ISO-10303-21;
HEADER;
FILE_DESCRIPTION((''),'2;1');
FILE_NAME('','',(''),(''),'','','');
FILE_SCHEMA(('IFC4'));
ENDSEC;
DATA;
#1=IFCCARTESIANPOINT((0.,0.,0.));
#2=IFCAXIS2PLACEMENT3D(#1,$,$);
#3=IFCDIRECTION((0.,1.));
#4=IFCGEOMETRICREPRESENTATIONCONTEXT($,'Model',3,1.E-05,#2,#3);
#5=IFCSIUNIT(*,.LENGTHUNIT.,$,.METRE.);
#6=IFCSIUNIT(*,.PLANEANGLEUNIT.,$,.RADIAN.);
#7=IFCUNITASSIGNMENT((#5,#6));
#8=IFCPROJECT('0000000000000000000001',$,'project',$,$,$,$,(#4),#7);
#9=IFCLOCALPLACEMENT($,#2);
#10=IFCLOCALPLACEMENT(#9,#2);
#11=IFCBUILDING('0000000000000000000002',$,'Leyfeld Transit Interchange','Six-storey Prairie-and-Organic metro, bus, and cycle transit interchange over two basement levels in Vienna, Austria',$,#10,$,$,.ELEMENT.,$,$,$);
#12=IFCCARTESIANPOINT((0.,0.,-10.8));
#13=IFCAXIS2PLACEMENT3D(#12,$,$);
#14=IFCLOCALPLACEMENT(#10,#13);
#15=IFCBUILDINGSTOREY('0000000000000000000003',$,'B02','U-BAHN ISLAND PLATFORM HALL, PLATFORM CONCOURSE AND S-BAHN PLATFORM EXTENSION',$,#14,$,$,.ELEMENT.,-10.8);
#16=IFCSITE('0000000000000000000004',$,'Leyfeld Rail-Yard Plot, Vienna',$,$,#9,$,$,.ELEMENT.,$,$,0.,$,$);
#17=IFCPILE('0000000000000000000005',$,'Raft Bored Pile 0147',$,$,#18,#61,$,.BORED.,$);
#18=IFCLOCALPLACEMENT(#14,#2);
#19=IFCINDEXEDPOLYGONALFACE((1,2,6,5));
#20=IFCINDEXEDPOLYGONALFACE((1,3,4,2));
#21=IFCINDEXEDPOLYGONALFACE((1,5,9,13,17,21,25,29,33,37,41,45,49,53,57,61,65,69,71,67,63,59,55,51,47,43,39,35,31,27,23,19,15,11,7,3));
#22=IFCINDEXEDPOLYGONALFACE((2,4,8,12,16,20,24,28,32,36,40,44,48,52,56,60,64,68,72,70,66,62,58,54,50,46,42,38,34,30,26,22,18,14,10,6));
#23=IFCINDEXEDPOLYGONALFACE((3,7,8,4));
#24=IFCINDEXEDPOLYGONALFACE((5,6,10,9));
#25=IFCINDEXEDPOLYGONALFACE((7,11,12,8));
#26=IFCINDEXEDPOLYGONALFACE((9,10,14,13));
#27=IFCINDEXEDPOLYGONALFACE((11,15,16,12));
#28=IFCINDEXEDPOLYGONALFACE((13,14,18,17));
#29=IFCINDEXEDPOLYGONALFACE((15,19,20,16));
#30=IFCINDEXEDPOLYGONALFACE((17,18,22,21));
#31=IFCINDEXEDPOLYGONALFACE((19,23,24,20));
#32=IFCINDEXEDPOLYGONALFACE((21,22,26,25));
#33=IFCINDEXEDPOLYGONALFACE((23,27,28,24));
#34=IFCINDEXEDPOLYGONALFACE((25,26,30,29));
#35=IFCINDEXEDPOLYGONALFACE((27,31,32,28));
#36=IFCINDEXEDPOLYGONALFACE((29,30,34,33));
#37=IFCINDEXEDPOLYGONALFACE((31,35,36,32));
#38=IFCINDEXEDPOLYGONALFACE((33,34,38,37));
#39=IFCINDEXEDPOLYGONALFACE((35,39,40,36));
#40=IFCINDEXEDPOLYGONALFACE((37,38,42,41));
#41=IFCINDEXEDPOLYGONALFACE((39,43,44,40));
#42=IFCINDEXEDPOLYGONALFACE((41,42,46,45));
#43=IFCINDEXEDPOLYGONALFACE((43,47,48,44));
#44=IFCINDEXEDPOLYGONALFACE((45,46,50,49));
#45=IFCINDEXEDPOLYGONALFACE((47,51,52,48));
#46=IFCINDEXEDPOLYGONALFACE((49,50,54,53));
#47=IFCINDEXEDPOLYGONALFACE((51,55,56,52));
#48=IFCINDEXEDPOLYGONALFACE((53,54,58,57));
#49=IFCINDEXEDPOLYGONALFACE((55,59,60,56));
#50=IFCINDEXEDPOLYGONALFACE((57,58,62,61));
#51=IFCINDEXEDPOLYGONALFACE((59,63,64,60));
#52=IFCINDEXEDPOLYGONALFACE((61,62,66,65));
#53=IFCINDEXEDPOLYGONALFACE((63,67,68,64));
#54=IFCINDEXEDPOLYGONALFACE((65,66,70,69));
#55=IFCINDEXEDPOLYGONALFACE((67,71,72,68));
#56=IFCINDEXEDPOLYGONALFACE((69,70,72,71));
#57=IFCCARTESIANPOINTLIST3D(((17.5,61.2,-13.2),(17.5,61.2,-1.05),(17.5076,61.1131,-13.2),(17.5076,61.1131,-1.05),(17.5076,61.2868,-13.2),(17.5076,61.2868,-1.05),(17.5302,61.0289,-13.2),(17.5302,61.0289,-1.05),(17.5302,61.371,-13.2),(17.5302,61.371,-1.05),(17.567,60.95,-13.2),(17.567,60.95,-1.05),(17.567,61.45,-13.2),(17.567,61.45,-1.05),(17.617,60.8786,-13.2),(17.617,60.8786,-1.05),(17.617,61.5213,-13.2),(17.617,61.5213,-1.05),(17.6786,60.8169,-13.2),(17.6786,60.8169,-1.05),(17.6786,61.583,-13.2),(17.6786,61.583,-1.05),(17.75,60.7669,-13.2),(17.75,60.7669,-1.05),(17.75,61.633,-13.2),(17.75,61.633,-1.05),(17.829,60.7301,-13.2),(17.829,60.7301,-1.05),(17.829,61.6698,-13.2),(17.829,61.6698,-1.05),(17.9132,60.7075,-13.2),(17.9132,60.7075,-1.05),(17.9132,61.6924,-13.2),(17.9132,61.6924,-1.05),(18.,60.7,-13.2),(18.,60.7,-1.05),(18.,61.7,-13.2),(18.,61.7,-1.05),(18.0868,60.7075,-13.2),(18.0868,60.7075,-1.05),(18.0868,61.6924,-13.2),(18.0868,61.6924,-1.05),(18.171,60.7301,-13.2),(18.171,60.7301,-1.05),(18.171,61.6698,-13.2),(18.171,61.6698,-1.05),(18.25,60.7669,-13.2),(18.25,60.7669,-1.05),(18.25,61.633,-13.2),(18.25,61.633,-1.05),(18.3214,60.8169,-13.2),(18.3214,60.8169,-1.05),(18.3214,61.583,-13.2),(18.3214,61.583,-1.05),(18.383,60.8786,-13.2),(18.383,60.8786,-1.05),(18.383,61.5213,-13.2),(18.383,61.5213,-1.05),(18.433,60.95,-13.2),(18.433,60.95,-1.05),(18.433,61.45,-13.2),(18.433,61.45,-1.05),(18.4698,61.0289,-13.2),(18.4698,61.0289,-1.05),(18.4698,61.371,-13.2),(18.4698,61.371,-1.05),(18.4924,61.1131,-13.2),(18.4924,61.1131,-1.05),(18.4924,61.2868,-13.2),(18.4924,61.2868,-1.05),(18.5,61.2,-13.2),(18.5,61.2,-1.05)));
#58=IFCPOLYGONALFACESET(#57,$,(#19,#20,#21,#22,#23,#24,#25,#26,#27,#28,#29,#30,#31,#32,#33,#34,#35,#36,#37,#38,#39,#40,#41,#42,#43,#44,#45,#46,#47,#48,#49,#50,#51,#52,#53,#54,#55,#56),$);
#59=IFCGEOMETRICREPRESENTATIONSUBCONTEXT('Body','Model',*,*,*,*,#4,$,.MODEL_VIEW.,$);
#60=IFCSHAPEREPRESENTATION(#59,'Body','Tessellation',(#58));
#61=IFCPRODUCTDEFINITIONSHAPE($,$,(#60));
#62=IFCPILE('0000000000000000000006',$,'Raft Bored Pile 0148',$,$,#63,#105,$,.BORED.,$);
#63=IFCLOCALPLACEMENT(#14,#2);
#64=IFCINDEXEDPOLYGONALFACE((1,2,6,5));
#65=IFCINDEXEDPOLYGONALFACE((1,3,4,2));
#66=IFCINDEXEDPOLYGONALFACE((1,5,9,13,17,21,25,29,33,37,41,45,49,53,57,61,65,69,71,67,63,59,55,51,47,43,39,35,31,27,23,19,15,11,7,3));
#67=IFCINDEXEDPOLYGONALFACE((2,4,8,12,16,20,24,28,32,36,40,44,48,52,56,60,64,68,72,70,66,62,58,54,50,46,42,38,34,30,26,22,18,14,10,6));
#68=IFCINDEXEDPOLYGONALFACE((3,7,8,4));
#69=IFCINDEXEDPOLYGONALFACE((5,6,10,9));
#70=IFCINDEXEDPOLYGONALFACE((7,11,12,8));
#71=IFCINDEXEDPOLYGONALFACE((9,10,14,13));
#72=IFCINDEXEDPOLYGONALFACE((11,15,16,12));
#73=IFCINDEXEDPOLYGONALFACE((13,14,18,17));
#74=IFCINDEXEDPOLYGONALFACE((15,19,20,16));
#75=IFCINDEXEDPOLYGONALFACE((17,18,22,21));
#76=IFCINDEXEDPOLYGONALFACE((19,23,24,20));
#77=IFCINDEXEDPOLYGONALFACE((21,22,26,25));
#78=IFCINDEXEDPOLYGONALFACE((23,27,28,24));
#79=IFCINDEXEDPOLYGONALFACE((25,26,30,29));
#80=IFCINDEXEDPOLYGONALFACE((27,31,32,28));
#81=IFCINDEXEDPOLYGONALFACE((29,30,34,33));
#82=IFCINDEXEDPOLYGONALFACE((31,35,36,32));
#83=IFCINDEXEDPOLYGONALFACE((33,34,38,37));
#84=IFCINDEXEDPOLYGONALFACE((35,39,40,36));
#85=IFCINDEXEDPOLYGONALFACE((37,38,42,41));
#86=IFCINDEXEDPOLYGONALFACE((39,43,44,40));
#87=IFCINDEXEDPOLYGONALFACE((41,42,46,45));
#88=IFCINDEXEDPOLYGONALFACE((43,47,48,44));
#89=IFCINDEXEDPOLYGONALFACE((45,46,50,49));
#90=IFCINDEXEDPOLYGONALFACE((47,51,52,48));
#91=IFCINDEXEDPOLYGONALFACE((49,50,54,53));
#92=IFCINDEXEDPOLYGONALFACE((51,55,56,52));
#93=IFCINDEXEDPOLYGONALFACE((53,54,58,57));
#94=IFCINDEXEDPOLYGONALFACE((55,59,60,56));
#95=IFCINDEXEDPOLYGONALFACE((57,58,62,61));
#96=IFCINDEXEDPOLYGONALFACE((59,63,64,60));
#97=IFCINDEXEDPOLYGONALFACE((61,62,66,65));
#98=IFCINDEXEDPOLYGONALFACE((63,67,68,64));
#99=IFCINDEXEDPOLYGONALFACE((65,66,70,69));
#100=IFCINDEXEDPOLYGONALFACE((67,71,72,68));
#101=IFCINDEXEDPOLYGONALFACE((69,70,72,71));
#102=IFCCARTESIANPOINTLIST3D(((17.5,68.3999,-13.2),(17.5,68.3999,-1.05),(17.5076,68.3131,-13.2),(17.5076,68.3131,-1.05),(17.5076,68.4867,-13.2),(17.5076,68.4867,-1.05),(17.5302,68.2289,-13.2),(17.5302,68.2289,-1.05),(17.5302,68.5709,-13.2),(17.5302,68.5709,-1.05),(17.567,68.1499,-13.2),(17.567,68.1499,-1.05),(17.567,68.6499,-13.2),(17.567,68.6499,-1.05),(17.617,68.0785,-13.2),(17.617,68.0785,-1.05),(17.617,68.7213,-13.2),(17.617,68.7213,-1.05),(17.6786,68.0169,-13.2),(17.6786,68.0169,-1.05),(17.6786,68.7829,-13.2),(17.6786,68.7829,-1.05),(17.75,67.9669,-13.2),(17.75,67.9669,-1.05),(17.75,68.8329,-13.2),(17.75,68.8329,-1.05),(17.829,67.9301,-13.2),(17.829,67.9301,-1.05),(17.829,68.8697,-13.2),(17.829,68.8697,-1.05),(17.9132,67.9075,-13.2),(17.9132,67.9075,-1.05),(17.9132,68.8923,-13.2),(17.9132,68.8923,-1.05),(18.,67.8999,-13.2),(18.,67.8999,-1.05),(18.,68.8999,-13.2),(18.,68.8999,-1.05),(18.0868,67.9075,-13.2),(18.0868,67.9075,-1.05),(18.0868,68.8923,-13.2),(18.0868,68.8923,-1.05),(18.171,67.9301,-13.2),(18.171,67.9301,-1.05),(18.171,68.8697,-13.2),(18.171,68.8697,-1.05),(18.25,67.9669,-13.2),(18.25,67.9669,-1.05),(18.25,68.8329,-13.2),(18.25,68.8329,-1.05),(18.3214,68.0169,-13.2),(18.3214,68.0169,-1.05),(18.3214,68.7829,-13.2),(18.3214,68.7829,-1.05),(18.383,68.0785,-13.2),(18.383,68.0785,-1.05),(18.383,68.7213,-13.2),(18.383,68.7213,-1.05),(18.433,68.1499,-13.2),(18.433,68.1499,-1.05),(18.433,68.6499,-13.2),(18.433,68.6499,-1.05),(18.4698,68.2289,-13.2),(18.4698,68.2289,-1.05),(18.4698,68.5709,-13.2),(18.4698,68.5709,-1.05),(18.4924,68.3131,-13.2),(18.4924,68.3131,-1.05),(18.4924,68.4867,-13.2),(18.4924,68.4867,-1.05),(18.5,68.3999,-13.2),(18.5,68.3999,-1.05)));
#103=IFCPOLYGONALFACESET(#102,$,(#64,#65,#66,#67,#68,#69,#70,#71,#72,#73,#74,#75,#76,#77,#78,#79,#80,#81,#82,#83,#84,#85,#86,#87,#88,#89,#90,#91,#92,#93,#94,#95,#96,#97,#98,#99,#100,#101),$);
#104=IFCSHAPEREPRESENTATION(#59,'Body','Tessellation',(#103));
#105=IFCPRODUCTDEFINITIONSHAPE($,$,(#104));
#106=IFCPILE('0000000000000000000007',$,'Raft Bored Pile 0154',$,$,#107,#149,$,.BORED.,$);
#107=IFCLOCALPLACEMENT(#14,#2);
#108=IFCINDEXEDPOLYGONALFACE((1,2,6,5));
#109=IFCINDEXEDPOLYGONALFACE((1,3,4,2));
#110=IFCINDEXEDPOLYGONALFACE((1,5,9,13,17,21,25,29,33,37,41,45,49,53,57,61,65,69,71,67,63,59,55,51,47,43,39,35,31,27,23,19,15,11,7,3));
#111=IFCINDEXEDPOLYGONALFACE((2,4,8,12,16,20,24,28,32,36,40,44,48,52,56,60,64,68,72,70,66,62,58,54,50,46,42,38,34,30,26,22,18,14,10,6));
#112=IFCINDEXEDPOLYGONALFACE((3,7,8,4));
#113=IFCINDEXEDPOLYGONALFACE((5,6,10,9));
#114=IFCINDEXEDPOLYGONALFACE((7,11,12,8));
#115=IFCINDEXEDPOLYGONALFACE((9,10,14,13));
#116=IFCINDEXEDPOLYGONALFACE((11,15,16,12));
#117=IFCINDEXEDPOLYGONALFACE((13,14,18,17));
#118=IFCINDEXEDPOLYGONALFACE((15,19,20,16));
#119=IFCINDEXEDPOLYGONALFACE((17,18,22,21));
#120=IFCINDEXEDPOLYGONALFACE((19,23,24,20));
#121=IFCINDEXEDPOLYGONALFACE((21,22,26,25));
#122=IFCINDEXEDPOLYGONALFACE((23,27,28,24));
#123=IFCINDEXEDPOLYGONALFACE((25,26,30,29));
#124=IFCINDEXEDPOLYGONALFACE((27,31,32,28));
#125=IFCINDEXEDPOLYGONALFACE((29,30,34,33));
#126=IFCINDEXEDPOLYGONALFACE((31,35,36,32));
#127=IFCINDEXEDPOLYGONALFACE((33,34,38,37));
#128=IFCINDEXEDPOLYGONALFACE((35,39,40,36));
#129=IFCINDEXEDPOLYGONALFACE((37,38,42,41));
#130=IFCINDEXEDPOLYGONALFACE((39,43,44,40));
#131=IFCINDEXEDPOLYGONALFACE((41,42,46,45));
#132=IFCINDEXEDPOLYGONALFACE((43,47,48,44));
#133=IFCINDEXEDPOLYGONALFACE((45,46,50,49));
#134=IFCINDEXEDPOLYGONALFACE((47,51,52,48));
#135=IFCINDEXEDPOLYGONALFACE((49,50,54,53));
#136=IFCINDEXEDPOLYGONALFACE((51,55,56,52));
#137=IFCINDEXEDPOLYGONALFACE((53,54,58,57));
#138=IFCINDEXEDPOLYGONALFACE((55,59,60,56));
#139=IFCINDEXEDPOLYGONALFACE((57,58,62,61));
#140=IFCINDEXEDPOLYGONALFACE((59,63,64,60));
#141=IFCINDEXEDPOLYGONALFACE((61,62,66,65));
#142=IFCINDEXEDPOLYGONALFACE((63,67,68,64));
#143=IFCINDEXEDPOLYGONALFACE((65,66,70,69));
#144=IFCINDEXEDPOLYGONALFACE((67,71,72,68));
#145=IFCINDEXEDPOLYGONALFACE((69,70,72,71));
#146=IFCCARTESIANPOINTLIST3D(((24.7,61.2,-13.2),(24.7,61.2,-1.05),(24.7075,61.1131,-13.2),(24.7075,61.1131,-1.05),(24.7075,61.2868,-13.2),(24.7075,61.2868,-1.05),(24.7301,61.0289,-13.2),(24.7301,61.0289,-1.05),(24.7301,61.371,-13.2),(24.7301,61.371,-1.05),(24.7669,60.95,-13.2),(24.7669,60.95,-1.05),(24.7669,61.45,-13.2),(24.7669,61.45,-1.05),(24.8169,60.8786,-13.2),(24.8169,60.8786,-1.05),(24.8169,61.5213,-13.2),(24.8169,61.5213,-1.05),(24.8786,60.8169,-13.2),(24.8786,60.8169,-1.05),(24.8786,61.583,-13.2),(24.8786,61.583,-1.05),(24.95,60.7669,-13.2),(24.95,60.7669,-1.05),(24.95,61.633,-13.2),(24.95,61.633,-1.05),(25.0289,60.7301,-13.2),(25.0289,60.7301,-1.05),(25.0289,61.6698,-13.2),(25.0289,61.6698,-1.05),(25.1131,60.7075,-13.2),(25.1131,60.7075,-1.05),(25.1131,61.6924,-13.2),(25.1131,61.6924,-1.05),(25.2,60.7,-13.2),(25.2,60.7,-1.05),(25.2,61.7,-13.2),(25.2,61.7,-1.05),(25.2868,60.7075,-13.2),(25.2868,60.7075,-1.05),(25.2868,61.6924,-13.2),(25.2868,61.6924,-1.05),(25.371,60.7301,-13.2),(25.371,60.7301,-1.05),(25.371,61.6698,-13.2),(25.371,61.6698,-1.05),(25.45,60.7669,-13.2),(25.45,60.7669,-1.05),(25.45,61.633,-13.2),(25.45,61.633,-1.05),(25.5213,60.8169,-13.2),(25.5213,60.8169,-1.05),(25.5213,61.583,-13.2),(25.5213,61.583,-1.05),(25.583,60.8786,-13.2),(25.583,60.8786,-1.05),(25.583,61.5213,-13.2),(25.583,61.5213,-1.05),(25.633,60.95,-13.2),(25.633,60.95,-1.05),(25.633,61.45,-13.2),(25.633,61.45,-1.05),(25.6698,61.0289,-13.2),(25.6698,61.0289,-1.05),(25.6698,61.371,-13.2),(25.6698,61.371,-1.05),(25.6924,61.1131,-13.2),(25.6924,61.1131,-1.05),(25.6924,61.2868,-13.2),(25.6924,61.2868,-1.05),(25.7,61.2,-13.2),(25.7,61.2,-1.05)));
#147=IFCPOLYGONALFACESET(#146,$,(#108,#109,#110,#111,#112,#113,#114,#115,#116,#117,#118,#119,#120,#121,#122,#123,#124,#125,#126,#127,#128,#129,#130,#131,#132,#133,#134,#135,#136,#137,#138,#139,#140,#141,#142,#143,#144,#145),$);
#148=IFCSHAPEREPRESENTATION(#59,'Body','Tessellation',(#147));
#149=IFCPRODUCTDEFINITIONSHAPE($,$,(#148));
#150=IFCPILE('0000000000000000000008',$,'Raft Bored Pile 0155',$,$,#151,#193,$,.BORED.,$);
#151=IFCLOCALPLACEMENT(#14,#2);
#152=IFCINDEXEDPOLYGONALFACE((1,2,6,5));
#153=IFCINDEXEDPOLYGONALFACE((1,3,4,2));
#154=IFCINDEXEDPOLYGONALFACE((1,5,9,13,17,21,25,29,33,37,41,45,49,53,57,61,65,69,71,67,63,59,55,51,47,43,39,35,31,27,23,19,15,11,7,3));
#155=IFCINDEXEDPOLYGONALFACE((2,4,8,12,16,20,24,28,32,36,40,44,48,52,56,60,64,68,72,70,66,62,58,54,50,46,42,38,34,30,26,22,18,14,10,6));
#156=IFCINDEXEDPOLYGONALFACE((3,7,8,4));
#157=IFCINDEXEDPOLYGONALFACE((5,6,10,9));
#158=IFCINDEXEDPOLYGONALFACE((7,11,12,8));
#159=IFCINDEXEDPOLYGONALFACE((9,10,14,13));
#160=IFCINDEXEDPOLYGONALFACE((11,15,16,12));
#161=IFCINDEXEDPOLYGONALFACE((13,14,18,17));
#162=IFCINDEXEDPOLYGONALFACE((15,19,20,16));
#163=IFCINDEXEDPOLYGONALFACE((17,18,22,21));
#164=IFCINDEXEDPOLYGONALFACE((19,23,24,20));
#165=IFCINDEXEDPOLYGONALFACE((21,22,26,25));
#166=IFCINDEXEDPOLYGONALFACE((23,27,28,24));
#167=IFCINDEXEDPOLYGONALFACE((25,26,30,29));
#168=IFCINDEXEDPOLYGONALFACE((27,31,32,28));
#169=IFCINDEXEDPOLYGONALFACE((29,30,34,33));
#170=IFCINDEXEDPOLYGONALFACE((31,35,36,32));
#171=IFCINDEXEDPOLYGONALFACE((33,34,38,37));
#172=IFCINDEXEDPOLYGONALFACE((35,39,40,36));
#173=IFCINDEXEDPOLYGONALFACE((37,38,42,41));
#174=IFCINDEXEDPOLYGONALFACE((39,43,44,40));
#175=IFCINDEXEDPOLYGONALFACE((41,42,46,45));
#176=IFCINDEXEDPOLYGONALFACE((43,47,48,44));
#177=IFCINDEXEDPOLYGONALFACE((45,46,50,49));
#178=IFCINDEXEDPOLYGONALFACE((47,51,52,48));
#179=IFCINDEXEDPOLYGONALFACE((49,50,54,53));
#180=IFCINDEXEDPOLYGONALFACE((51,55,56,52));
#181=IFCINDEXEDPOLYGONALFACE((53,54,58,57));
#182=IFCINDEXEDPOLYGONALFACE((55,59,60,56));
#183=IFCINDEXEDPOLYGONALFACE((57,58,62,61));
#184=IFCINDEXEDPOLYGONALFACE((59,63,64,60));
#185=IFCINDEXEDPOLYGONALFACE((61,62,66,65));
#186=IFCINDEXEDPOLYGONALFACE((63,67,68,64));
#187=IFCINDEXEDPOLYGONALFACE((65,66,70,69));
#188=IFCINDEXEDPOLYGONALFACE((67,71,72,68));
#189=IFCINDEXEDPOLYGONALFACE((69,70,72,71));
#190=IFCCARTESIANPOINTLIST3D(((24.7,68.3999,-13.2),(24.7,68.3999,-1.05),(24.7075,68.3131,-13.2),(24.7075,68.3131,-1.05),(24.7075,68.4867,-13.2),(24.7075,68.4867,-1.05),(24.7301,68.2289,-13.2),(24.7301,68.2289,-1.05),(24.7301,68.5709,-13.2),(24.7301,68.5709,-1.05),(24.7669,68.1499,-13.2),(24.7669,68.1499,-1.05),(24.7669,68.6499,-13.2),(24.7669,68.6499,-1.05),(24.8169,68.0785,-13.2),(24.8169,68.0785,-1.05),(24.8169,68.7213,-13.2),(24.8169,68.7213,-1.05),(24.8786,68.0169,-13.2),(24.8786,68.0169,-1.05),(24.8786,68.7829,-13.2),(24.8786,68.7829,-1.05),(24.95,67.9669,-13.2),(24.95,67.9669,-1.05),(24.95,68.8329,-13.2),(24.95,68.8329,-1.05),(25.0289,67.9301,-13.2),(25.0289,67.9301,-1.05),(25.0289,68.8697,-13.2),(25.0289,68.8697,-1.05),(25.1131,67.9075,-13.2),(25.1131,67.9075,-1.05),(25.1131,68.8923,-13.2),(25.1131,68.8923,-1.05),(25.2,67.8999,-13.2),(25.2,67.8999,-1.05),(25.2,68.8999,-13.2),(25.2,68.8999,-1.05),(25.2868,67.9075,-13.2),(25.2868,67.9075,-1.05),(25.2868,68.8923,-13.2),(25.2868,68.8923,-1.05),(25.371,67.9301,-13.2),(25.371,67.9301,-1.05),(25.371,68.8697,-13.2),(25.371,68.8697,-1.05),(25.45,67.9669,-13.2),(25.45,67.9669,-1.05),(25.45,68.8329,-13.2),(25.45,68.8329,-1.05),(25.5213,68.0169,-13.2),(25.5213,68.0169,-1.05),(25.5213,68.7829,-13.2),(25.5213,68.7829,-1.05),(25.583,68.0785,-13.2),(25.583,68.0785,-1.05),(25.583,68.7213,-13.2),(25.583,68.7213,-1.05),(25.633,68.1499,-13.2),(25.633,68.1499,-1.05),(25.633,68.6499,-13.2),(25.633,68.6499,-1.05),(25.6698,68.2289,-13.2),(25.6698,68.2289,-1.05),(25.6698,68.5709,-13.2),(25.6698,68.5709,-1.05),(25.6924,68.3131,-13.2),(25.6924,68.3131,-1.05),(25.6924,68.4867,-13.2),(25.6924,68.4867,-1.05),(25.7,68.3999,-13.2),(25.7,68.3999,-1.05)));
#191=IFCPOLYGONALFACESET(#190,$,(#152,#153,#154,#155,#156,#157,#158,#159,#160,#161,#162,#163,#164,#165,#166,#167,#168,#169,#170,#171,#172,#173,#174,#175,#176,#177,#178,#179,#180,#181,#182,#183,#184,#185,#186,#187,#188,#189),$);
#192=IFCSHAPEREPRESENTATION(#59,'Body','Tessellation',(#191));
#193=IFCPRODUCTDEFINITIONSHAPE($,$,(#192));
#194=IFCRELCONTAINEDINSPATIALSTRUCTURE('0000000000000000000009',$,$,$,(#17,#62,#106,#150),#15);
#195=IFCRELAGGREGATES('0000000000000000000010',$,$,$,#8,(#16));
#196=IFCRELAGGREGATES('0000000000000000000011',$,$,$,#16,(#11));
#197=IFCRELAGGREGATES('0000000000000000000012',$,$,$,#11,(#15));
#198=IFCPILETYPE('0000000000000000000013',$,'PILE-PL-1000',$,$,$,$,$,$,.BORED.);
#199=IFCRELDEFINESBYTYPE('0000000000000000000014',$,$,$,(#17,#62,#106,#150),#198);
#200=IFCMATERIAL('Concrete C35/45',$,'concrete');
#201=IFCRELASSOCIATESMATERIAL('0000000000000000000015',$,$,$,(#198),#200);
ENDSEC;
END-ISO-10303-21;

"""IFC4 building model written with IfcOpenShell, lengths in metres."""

from ifc_helpers import new_model, si_unit, direction, frame, origin, origin_2d, place, context, subcontext, project, spatial, circle, extrude, material, material_profile, profile_set, type_object, element, save


model = new_model("IFC4")

# Units and contexts
model_context = context("Model", 3, precision=1e-05, world=origin(), true_north=direction((0.0, 1.0)))
body_context = subcontext(model_context, "Body", "Model", "MODEL_VIEW")
ifc_project = project(units=[si_unit("LENGTHUNIT", "METRE"), si_unit("PLANEANGLEUNIT", "RADIAN")], contexts=[model_context])

# Site, building, storey
site_placement = place(None, origin())
site = spatial("IfcSite", under=ifc_project, at=site_placement, Name="Leyfeld Rail-Yard Plot, Vienna", CompositionType="ELEMENT", RefElevation=0.0)
building_placement = place(site_placement, origin())
building = spatial("IfcBuilding", under=site, at=building_placement, Name="Leyfeld Transit Interchange", Description="Six-storey Prairie-and-Organic metro, bus, and cycle transit interchange over two basement levels in Vienna, Austria", CompositionType="ELEMENT")
storey_placement = place(building_placement, frame((0.0, 0.0, -10.8)))
storey = spatial("IfcBuildingStorey", under=building, at=storey_placement, Name="B02", Description="U-BAHN ISLAND PLATFORM HALL, PLATFORM CONCOURSE AND S-BAHN PLATFORM EXTENSION", CompositionType="ELEMENT", Elevation=-10.8)

# Piles
ifc_material_1 = material(Name="Concrete C35/45", Category="concrete")
ifc_material_profile_1 = material_profile(ifc_material_1, circle(Radius=0.5, at=origin_2d()), Name="PILE D1000")
ifc_profile_set_1 = profile_set([ifc_material_profile_1], Name="Concrete C35/45")
pile_type_1 = type_object("IfcPileType", Name="PILE-PL-1000", PredefinedType="BORED", material=ifc_profile_set_1)
for number, where, z_axis, x_axis, name in (
    (1, (18.0, 61.2, -1.05), (0.0, 0.0, -1.0), (1.0, 0.0, 0.0), "Raft Bored Pile 0147"),
    (2, (18.0, 68.3999, -1.05), (0.0, 0.0, -1.0), (1.0, 0.0, 0.0), "Raft Bored Pile 0148"),
    (3, (25.2, 61.2, -1.05), (0.0, 0.0, -1.0), (1.0, 0.0, 0.0), "Raft Bored Pile 0154"),
    (4, (25.2, 68.3999, -1.05), (0.0, 0.0, -1.0), (1.0, 0.0, 0.0), "Raft Bored Pile 0155"),
):
    element("IfcPile", number, at=place(storey_placement, frame(where, z_axis=z_axis, x_axis=x_axis)), inside=storey, type_object=pile_type_1, Name=name, PredefinedType="BORED", context=body_context, shape_type="SweptSolid", body=[
        extrude(circle(Radius=0.5, at=origin_2d()), origin(), (0.0, 0.0, 1.0), 12.1499),
    ])

save(model, "model.ifc")
